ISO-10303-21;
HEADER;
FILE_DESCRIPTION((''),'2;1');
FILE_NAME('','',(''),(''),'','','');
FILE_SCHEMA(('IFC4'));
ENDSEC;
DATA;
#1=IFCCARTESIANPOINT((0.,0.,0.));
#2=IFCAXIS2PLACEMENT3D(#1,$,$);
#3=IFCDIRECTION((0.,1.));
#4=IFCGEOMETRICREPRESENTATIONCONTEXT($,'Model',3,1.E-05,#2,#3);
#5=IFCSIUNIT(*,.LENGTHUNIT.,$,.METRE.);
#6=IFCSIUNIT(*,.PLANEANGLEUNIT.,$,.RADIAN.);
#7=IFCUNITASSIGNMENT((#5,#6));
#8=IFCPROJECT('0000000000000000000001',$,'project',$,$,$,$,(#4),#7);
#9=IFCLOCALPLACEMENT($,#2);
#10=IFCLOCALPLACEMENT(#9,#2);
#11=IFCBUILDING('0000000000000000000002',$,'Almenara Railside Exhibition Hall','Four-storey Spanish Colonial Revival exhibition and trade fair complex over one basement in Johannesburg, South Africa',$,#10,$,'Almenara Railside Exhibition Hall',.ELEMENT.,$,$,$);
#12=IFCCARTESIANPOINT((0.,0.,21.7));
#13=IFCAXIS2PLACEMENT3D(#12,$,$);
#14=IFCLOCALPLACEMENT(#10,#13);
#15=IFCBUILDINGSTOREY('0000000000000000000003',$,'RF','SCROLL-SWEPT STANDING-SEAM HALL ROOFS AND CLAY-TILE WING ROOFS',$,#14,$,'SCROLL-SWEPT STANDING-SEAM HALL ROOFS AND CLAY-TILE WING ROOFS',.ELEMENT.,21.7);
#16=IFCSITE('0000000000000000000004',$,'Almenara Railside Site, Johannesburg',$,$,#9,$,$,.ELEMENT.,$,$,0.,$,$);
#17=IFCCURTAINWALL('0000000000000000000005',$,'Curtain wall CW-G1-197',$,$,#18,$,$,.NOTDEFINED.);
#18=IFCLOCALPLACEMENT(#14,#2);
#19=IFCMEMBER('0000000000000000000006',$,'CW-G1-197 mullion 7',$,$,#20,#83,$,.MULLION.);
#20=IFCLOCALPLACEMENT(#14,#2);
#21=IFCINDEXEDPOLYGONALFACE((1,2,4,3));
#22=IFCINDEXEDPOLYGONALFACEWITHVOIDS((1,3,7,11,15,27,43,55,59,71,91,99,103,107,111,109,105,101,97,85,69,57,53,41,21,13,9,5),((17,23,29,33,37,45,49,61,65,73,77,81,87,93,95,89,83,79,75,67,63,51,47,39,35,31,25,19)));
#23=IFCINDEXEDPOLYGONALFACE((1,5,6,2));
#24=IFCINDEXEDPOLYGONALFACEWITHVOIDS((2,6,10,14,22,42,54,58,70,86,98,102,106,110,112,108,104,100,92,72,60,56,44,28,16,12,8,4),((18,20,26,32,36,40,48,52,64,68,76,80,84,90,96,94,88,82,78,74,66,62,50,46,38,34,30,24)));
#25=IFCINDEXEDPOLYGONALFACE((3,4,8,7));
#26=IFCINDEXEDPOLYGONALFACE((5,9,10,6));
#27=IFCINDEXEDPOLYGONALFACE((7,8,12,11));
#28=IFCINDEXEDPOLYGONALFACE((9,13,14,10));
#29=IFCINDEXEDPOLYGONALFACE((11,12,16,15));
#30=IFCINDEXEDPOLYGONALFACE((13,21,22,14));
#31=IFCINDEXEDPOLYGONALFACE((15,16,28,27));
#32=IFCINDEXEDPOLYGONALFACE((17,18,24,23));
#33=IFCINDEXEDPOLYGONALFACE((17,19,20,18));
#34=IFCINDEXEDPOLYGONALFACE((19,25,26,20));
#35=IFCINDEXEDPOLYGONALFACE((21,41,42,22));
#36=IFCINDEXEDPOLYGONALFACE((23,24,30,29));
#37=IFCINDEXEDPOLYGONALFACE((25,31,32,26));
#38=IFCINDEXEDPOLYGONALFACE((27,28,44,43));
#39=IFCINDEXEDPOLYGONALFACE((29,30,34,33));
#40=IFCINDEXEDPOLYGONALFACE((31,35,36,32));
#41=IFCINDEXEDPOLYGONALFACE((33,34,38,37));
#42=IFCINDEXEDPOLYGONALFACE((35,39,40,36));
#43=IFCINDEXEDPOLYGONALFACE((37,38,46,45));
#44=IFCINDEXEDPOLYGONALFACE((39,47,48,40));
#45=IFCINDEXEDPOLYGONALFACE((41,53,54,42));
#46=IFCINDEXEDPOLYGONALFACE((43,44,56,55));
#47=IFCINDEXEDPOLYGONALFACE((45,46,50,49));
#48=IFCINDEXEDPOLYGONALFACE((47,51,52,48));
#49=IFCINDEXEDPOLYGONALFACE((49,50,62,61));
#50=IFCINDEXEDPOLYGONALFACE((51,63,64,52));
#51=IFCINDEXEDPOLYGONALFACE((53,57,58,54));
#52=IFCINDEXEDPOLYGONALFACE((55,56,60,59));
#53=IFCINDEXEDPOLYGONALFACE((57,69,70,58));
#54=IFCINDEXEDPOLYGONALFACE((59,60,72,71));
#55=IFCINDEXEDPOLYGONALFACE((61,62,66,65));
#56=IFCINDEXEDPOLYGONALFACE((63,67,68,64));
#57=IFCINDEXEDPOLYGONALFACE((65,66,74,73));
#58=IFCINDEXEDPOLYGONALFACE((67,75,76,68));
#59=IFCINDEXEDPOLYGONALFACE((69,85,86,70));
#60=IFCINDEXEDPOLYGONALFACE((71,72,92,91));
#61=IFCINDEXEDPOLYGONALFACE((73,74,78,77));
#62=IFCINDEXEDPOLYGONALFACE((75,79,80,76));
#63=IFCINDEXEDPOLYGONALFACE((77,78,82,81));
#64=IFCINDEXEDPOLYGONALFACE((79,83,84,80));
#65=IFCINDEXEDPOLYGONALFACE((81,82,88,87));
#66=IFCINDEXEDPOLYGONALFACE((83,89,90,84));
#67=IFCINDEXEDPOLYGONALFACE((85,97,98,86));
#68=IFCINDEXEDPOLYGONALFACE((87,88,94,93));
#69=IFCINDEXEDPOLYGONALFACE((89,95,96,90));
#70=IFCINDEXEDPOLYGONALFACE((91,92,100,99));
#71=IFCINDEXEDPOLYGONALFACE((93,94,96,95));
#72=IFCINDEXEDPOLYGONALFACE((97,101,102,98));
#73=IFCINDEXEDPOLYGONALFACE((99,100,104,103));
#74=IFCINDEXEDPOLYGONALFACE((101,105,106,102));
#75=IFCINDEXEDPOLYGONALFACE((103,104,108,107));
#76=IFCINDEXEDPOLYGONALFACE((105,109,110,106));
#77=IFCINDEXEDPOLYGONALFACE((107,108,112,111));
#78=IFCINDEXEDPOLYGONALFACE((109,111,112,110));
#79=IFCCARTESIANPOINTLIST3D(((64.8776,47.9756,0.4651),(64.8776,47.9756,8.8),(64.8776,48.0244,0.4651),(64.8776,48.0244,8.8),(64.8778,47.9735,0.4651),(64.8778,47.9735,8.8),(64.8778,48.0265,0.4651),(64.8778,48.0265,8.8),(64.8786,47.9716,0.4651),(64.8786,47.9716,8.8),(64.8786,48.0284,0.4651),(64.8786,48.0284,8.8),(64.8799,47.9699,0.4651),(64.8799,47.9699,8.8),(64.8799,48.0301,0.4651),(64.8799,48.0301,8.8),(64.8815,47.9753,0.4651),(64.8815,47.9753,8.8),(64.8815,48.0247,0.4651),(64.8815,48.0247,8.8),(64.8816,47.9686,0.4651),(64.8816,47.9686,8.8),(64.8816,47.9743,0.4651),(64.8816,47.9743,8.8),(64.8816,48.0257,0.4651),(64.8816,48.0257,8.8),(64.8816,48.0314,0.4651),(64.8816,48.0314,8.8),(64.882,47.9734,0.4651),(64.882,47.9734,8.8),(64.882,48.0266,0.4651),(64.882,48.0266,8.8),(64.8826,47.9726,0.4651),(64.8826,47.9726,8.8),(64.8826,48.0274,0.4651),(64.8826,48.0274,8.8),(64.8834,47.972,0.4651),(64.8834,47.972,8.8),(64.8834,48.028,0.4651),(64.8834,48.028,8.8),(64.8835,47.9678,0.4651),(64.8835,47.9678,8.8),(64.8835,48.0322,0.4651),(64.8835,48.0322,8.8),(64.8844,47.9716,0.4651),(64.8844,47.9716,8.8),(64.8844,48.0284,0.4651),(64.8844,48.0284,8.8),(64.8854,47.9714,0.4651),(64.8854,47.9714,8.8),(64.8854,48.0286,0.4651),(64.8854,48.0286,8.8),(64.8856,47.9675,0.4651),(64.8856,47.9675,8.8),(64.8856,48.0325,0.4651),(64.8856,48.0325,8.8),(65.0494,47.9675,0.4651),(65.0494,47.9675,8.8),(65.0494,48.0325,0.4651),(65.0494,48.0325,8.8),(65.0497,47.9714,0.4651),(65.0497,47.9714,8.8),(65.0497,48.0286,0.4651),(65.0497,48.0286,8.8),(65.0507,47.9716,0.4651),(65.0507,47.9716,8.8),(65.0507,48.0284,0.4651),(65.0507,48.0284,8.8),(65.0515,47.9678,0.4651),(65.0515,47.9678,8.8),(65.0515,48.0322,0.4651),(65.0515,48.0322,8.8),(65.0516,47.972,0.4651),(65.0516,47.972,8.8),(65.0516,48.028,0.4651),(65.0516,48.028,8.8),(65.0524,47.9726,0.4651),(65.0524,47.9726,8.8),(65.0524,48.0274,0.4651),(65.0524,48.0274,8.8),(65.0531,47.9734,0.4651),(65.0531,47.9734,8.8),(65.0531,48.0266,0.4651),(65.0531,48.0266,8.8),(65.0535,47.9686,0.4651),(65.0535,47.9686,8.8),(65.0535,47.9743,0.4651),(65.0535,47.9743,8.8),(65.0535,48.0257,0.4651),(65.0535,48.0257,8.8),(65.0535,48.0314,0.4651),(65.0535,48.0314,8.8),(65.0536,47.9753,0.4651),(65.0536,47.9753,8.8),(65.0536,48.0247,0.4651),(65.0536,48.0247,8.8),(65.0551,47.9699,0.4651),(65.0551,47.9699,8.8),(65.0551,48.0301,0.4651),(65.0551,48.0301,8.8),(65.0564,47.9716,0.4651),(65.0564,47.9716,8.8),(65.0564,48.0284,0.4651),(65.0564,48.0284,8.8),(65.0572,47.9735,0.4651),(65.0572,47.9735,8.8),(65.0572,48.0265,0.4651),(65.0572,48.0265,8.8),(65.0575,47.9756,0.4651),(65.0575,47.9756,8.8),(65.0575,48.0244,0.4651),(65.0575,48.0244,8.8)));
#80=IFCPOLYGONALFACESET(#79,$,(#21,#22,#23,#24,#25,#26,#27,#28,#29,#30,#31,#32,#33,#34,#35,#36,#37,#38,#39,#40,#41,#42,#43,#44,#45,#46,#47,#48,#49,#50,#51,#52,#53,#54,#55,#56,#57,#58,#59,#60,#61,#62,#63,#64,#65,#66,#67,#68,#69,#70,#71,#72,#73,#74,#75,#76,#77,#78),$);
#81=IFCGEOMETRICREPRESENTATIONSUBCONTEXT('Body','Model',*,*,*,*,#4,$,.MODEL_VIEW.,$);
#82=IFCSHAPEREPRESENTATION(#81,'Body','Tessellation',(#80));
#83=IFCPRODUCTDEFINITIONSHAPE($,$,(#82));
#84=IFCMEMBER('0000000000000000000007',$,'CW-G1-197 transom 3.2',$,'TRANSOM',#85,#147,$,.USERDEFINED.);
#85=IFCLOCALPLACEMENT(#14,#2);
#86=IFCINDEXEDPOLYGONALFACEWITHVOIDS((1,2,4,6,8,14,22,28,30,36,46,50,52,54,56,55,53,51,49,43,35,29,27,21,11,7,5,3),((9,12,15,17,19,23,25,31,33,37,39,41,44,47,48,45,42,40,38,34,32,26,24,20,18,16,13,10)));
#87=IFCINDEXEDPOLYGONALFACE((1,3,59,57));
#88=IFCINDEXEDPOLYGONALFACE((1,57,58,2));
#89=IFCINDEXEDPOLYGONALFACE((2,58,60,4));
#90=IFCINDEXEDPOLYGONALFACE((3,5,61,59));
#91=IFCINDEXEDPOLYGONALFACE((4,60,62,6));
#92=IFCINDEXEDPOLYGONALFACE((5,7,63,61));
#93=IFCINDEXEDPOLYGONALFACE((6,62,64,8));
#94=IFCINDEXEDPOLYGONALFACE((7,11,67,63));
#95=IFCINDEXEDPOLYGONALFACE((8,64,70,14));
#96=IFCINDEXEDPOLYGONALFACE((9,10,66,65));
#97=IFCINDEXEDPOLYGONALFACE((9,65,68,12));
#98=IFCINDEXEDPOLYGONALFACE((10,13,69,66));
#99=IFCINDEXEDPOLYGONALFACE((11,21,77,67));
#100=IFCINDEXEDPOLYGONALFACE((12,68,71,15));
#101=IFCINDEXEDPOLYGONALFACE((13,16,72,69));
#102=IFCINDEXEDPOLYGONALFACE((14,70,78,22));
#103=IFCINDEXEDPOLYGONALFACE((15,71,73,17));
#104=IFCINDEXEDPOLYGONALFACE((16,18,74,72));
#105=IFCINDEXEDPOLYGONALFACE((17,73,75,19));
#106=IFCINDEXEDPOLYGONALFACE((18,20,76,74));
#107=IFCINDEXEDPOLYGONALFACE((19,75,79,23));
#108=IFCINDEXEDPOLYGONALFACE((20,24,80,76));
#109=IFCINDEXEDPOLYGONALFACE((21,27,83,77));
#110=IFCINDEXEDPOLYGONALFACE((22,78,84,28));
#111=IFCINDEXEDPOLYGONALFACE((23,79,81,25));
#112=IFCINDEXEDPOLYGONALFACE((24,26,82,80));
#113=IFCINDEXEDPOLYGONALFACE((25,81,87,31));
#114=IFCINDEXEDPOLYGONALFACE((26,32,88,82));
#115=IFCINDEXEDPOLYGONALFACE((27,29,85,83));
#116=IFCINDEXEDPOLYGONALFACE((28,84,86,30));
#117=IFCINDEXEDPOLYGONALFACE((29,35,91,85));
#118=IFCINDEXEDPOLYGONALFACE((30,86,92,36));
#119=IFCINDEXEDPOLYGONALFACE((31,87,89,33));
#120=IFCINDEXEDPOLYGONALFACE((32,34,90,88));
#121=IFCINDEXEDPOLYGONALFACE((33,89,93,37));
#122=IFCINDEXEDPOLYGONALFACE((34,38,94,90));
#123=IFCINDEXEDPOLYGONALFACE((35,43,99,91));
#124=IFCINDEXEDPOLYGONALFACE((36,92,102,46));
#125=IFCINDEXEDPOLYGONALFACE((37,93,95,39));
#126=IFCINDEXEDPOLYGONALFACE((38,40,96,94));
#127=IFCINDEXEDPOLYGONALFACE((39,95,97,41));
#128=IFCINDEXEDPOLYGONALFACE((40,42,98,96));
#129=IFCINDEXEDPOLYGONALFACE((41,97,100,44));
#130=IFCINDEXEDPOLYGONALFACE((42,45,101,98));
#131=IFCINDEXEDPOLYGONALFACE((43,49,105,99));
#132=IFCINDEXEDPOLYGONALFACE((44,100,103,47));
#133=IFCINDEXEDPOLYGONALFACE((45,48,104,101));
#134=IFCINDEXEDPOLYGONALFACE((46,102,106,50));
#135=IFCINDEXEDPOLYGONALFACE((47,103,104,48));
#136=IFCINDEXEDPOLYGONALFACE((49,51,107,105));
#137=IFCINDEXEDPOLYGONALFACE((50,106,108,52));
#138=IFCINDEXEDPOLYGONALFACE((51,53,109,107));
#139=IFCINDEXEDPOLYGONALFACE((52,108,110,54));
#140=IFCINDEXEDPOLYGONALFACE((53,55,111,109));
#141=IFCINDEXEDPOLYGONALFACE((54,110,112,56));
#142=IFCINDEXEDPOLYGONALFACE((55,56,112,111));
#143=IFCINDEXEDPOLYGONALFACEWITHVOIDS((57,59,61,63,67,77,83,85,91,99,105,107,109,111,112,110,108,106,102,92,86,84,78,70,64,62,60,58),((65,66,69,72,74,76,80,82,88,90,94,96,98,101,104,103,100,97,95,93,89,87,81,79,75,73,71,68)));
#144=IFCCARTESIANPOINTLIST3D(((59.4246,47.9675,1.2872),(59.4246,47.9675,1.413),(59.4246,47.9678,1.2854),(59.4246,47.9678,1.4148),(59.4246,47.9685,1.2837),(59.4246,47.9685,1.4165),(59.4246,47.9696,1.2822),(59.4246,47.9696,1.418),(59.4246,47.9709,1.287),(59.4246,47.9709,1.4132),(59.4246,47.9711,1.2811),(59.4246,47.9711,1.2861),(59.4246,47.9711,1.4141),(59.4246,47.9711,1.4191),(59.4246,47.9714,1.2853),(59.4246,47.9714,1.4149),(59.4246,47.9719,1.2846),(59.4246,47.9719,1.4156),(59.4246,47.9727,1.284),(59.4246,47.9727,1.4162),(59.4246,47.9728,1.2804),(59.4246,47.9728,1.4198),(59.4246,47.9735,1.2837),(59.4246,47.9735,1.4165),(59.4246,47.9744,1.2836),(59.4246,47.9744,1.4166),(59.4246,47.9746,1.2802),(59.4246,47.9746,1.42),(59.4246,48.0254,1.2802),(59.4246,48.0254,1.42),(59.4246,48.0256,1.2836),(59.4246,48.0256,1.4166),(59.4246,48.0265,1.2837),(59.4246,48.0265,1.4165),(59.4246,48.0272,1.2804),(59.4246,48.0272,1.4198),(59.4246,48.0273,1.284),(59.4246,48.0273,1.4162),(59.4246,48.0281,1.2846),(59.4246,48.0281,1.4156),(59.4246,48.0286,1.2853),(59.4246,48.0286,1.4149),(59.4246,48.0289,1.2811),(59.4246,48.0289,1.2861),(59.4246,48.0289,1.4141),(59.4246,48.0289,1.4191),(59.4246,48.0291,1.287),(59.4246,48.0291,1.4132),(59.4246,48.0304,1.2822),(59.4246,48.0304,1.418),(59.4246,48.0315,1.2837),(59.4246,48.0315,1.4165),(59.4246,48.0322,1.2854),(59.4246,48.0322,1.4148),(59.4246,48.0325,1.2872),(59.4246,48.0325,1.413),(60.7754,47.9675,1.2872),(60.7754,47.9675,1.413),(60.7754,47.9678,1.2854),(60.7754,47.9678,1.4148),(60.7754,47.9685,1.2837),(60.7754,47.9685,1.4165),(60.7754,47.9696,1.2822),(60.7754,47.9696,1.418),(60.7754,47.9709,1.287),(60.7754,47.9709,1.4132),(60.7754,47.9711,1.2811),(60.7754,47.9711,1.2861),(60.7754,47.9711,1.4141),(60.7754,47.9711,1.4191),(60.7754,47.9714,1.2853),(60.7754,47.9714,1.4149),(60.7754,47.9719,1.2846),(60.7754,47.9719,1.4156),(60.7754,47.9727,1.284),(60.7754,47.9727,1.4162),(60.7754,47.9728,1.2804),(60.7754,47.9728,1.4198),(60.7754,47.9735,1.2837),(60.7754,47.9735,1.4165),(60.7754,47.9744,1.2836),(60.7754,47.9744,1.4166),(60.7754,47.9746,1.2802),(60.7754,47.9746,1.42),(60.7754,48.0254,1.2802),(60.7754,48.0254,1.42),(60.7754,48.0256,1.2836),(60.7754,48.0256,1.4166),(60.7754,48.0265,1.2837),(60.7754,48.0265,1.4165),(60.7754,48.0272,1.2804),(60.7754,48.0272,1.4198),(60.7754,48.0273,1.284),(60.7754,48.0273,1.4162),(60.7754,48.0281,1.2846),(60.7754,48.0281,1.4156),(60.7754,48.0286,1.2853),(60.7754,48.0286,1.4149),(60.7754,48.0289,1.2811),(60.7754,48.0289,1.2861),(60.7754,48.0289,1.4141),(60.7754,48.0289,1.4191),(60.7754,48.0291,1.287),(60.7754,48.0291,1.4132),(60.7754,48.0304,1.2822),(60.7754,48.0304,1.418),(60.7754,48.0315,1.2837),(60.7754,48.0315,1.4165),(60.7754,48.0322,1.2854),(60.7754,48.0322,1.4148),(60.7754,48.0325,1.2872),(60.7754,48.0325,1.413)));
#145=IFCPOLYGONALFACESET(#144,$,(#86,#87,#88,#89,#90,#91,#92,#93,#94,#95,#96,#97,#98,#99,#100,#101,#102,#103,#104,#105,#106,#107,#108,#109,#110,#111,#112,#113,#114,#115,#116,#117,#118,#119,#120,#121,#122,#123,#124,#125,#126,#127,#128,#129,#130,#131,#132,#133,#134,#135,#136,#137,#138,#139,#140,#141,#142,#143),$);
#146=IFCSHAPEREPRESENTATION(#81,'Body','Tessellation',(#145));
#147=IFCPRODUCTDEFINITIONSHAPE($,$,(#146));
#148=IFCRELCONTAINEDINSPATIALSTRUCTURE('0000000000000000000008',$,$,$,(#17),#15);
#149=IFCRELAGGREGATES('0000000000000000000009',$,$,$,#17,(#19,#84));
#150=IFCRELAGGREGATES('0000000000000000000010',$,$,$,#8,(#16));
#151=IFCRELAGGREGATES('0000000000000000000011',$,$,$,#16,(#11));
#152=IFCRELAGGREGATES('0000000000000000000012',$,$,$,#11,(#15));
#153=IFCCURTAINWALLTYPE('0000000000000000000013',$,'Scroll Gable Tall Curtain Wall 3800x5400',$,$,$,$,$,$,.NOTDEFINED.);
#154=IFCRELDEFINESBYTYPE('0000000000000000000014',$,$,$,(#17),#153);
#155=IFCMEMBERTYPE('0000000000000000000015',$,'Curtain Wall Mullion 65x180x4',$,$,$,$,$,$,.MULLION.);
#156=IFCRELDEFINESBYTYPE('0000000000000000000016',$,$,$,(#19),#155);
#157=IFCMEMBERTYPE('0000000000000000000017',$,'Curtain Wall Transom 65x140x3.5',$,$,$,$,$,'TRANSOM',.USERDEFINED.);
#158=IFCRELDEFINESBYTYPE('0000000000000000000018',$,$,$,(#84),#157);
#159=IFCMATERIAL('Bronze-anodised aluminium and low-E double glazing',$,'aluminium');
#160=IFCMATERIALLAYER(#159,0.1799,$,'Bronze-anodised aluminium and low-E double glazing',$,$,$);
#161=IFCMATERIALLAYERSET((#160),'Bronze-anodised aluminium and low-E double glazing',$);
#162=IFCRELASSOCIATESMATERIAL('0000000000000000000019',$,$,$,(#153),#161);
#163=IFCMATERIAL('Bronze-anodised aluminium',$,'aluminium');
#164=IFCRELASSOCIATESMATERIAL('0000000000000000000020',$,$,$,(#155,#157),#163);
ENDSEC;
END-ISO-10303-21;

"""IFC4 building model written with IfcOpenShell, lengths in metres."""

from ifc_helpers import new_model, si_unit, direction, frame, origin, origin_2d, place, context, subcontext, project, spatial, hollow_rectangle, extrude, material, layer, layer_set, material_profile, profile_set, type_object, element, aggregate, save


model = new_model("IFC4")

# Units and contexts
model_context = context("Model", 3, precision=1e-05, world=origin(), true_north=direction((0.0, 1.0)))
body_context = subcontext(model_context, "Body", "Model", "MODEL_VIEW")
ifc_project = project(units=[si_unit("LENGTHUNIT", "METRE"), si_unit("PLANEANGLEUNIT", "RADIAN")], contexts=[model_context])

# Site, building, storey
site_placement = place(None, origin())
site = spatial("IfcSite", under=ifc_project, at=site_placement, Name="Almenara Railside Site, Johannesburg", CompositionType="ELEMENT", RefElevation=0.0)
building_placement = place(site_placement, origin())
building = spatial("IfcBuilding", under=site, at=building_placement, Name="Almenara Railside Exhibition Hall", Description="Four-storey Spanish Colonial Revival exhibition and trade fair complex over one basement in Johannesburg, South Africa", LongName="Almenara Railside Exhibition Hall", CompositionType="ELEMENT")
storey_placement = place(building_placement, frame((0.0, 0.0, 21.7)))
storey = spatial("IfcBuildingStorey", under=building, at=storey_placement, Name="RF", Description="SCROLL-SWEPT STANDING-SEAM HALL ROOFS AND CLAY-TILE WING ROOFS", LongName="SCROLL-SWEPT STANDING-SEAM HALL ROOFS AND CLAY-TILE WING ROOFS", CompositionType="ELEMENT", Elevation=21.7)

# Curtain wall, members
ifc_material_1 = material(Name="Bronze-anodised aluminium and low-E double glazing", Category="aluminium")
ifc_layer_1 = layer(ifc_material_1, 0.1799, Name="Bronze-anodised aluminium and low-E double glazing")
ifc_layer_set_1 = layer_set([ifc_layer_1], Name="Bronze-anodised aluminium and low-E double glazing")
curtain_wall_type = type_object("IfcCurtainWallType", Name="Scroll Gable Tall Curtain Wall 3800x5400", PredefinedType="NOTDEFINED", material=ifc_layer_set_1)
curtain_wall_placement = place(storey_placement, origin())
curtain_wall = element("IfcCurtainWall", 1, at=curtain_wall_placement, inside=storey, type_object=curtain_wall_type, Name="Curtain wall CW-G1-197", PredefinedType="NOTDEFINED")
ifc_material_2 = material(Name="Bronze-anodised aluminium", Category="aluminium")
ifc_material_profile_1 = material_profile(ifc_material_2, hollow_rectangle(XDim=0.0649, YDim=0.1799, WallThickness=0.0039, InnerFilletRadius=0.0039, OuterFilletRadius=0.0081, at=origin_2d()), Name="ALU-MUL 65x180x4")
ifc_profile_set_1 = profile_set([ifc_material_profile_1], Name="Bronze-anodised aluminium")
member_type_1 = type_object("IfcMemberType", Name="Curtain Wall Mullion 65x180x4", PredefinedType="MULLION", material=ifc_profile_set_1)
member_1_placement = place(storey_placement, frame((64.9675, 48.0, 0.4651), z_axis=(0.0, 0.0, 1.0), x_axis=(0.0, 1.0, 0.0)))
member_1 = element("IfcMember", 2, at=member_1_placement, type_object=member_type_1, Name="CW-G1-197 mullion 7", PredefinedType="MULLION", context=body_context, shape_type="SweptSolid", body=[
    extrude(hollow_rectangle(XDim=0.0649, YDim=0.1799, WallThickness=0.0039, InnerFilletRadius=0.0039, OuterFilletRadius=0.0081, at=origin_2d()), origin(), (0.0, 0.0, 1.0), 8.335),
])
ifc_material_profile_2 = material_profile(ifc_material_2, hollow_rectangle(XDim=0.0649, YDim=0.1399, WallThickness=0.0034, InnerFilletRadius=0.0034, OuterFilletRadius=0.0071, at=origin_2d()), Name="ALU-TRN 65x140x3.5")
ifc_profile_set_2 = profile_set([ifc_material_profile_2], Name="Bronze-anodised aluminium")
member_type_2 = type_object("IfcMemberType", Name="Curtain Wall Transom 65x140x3.5", ElementType="TRANSOM", PredefinedType="USERDEFINED", material=ifc_profile_set_2)
member_2_placement = place(storey_placement, frame((59.4246, 48.0, 1.3501), z_axis=(1.0, 0.0, 0.0), x_axis=(0.0, 1.0, 0.0)))
member_2 = element("IfcMember", 3, at=member_2_placement, type_object=member_type_2, Name="CW-G1-197 transom 3.2", ObjectType="TRANSOM", PredefinedType="USERDEFINED", context=body_context, shape_type="SweptSolid", body=[
    extrude(hollow_rectangle(XDim=0.0649, YDim=0.1399, WallThickness=0.0034, InnerFilletRadius=0.0034, OuterFilletRadius=0.0071, at=origin_2d()), origin(), (0.0, 0.0, 1.0), 1.3508),
])

aggregate(curtain_wall, [member_1, member_2])

save(model, "model.ifc")
